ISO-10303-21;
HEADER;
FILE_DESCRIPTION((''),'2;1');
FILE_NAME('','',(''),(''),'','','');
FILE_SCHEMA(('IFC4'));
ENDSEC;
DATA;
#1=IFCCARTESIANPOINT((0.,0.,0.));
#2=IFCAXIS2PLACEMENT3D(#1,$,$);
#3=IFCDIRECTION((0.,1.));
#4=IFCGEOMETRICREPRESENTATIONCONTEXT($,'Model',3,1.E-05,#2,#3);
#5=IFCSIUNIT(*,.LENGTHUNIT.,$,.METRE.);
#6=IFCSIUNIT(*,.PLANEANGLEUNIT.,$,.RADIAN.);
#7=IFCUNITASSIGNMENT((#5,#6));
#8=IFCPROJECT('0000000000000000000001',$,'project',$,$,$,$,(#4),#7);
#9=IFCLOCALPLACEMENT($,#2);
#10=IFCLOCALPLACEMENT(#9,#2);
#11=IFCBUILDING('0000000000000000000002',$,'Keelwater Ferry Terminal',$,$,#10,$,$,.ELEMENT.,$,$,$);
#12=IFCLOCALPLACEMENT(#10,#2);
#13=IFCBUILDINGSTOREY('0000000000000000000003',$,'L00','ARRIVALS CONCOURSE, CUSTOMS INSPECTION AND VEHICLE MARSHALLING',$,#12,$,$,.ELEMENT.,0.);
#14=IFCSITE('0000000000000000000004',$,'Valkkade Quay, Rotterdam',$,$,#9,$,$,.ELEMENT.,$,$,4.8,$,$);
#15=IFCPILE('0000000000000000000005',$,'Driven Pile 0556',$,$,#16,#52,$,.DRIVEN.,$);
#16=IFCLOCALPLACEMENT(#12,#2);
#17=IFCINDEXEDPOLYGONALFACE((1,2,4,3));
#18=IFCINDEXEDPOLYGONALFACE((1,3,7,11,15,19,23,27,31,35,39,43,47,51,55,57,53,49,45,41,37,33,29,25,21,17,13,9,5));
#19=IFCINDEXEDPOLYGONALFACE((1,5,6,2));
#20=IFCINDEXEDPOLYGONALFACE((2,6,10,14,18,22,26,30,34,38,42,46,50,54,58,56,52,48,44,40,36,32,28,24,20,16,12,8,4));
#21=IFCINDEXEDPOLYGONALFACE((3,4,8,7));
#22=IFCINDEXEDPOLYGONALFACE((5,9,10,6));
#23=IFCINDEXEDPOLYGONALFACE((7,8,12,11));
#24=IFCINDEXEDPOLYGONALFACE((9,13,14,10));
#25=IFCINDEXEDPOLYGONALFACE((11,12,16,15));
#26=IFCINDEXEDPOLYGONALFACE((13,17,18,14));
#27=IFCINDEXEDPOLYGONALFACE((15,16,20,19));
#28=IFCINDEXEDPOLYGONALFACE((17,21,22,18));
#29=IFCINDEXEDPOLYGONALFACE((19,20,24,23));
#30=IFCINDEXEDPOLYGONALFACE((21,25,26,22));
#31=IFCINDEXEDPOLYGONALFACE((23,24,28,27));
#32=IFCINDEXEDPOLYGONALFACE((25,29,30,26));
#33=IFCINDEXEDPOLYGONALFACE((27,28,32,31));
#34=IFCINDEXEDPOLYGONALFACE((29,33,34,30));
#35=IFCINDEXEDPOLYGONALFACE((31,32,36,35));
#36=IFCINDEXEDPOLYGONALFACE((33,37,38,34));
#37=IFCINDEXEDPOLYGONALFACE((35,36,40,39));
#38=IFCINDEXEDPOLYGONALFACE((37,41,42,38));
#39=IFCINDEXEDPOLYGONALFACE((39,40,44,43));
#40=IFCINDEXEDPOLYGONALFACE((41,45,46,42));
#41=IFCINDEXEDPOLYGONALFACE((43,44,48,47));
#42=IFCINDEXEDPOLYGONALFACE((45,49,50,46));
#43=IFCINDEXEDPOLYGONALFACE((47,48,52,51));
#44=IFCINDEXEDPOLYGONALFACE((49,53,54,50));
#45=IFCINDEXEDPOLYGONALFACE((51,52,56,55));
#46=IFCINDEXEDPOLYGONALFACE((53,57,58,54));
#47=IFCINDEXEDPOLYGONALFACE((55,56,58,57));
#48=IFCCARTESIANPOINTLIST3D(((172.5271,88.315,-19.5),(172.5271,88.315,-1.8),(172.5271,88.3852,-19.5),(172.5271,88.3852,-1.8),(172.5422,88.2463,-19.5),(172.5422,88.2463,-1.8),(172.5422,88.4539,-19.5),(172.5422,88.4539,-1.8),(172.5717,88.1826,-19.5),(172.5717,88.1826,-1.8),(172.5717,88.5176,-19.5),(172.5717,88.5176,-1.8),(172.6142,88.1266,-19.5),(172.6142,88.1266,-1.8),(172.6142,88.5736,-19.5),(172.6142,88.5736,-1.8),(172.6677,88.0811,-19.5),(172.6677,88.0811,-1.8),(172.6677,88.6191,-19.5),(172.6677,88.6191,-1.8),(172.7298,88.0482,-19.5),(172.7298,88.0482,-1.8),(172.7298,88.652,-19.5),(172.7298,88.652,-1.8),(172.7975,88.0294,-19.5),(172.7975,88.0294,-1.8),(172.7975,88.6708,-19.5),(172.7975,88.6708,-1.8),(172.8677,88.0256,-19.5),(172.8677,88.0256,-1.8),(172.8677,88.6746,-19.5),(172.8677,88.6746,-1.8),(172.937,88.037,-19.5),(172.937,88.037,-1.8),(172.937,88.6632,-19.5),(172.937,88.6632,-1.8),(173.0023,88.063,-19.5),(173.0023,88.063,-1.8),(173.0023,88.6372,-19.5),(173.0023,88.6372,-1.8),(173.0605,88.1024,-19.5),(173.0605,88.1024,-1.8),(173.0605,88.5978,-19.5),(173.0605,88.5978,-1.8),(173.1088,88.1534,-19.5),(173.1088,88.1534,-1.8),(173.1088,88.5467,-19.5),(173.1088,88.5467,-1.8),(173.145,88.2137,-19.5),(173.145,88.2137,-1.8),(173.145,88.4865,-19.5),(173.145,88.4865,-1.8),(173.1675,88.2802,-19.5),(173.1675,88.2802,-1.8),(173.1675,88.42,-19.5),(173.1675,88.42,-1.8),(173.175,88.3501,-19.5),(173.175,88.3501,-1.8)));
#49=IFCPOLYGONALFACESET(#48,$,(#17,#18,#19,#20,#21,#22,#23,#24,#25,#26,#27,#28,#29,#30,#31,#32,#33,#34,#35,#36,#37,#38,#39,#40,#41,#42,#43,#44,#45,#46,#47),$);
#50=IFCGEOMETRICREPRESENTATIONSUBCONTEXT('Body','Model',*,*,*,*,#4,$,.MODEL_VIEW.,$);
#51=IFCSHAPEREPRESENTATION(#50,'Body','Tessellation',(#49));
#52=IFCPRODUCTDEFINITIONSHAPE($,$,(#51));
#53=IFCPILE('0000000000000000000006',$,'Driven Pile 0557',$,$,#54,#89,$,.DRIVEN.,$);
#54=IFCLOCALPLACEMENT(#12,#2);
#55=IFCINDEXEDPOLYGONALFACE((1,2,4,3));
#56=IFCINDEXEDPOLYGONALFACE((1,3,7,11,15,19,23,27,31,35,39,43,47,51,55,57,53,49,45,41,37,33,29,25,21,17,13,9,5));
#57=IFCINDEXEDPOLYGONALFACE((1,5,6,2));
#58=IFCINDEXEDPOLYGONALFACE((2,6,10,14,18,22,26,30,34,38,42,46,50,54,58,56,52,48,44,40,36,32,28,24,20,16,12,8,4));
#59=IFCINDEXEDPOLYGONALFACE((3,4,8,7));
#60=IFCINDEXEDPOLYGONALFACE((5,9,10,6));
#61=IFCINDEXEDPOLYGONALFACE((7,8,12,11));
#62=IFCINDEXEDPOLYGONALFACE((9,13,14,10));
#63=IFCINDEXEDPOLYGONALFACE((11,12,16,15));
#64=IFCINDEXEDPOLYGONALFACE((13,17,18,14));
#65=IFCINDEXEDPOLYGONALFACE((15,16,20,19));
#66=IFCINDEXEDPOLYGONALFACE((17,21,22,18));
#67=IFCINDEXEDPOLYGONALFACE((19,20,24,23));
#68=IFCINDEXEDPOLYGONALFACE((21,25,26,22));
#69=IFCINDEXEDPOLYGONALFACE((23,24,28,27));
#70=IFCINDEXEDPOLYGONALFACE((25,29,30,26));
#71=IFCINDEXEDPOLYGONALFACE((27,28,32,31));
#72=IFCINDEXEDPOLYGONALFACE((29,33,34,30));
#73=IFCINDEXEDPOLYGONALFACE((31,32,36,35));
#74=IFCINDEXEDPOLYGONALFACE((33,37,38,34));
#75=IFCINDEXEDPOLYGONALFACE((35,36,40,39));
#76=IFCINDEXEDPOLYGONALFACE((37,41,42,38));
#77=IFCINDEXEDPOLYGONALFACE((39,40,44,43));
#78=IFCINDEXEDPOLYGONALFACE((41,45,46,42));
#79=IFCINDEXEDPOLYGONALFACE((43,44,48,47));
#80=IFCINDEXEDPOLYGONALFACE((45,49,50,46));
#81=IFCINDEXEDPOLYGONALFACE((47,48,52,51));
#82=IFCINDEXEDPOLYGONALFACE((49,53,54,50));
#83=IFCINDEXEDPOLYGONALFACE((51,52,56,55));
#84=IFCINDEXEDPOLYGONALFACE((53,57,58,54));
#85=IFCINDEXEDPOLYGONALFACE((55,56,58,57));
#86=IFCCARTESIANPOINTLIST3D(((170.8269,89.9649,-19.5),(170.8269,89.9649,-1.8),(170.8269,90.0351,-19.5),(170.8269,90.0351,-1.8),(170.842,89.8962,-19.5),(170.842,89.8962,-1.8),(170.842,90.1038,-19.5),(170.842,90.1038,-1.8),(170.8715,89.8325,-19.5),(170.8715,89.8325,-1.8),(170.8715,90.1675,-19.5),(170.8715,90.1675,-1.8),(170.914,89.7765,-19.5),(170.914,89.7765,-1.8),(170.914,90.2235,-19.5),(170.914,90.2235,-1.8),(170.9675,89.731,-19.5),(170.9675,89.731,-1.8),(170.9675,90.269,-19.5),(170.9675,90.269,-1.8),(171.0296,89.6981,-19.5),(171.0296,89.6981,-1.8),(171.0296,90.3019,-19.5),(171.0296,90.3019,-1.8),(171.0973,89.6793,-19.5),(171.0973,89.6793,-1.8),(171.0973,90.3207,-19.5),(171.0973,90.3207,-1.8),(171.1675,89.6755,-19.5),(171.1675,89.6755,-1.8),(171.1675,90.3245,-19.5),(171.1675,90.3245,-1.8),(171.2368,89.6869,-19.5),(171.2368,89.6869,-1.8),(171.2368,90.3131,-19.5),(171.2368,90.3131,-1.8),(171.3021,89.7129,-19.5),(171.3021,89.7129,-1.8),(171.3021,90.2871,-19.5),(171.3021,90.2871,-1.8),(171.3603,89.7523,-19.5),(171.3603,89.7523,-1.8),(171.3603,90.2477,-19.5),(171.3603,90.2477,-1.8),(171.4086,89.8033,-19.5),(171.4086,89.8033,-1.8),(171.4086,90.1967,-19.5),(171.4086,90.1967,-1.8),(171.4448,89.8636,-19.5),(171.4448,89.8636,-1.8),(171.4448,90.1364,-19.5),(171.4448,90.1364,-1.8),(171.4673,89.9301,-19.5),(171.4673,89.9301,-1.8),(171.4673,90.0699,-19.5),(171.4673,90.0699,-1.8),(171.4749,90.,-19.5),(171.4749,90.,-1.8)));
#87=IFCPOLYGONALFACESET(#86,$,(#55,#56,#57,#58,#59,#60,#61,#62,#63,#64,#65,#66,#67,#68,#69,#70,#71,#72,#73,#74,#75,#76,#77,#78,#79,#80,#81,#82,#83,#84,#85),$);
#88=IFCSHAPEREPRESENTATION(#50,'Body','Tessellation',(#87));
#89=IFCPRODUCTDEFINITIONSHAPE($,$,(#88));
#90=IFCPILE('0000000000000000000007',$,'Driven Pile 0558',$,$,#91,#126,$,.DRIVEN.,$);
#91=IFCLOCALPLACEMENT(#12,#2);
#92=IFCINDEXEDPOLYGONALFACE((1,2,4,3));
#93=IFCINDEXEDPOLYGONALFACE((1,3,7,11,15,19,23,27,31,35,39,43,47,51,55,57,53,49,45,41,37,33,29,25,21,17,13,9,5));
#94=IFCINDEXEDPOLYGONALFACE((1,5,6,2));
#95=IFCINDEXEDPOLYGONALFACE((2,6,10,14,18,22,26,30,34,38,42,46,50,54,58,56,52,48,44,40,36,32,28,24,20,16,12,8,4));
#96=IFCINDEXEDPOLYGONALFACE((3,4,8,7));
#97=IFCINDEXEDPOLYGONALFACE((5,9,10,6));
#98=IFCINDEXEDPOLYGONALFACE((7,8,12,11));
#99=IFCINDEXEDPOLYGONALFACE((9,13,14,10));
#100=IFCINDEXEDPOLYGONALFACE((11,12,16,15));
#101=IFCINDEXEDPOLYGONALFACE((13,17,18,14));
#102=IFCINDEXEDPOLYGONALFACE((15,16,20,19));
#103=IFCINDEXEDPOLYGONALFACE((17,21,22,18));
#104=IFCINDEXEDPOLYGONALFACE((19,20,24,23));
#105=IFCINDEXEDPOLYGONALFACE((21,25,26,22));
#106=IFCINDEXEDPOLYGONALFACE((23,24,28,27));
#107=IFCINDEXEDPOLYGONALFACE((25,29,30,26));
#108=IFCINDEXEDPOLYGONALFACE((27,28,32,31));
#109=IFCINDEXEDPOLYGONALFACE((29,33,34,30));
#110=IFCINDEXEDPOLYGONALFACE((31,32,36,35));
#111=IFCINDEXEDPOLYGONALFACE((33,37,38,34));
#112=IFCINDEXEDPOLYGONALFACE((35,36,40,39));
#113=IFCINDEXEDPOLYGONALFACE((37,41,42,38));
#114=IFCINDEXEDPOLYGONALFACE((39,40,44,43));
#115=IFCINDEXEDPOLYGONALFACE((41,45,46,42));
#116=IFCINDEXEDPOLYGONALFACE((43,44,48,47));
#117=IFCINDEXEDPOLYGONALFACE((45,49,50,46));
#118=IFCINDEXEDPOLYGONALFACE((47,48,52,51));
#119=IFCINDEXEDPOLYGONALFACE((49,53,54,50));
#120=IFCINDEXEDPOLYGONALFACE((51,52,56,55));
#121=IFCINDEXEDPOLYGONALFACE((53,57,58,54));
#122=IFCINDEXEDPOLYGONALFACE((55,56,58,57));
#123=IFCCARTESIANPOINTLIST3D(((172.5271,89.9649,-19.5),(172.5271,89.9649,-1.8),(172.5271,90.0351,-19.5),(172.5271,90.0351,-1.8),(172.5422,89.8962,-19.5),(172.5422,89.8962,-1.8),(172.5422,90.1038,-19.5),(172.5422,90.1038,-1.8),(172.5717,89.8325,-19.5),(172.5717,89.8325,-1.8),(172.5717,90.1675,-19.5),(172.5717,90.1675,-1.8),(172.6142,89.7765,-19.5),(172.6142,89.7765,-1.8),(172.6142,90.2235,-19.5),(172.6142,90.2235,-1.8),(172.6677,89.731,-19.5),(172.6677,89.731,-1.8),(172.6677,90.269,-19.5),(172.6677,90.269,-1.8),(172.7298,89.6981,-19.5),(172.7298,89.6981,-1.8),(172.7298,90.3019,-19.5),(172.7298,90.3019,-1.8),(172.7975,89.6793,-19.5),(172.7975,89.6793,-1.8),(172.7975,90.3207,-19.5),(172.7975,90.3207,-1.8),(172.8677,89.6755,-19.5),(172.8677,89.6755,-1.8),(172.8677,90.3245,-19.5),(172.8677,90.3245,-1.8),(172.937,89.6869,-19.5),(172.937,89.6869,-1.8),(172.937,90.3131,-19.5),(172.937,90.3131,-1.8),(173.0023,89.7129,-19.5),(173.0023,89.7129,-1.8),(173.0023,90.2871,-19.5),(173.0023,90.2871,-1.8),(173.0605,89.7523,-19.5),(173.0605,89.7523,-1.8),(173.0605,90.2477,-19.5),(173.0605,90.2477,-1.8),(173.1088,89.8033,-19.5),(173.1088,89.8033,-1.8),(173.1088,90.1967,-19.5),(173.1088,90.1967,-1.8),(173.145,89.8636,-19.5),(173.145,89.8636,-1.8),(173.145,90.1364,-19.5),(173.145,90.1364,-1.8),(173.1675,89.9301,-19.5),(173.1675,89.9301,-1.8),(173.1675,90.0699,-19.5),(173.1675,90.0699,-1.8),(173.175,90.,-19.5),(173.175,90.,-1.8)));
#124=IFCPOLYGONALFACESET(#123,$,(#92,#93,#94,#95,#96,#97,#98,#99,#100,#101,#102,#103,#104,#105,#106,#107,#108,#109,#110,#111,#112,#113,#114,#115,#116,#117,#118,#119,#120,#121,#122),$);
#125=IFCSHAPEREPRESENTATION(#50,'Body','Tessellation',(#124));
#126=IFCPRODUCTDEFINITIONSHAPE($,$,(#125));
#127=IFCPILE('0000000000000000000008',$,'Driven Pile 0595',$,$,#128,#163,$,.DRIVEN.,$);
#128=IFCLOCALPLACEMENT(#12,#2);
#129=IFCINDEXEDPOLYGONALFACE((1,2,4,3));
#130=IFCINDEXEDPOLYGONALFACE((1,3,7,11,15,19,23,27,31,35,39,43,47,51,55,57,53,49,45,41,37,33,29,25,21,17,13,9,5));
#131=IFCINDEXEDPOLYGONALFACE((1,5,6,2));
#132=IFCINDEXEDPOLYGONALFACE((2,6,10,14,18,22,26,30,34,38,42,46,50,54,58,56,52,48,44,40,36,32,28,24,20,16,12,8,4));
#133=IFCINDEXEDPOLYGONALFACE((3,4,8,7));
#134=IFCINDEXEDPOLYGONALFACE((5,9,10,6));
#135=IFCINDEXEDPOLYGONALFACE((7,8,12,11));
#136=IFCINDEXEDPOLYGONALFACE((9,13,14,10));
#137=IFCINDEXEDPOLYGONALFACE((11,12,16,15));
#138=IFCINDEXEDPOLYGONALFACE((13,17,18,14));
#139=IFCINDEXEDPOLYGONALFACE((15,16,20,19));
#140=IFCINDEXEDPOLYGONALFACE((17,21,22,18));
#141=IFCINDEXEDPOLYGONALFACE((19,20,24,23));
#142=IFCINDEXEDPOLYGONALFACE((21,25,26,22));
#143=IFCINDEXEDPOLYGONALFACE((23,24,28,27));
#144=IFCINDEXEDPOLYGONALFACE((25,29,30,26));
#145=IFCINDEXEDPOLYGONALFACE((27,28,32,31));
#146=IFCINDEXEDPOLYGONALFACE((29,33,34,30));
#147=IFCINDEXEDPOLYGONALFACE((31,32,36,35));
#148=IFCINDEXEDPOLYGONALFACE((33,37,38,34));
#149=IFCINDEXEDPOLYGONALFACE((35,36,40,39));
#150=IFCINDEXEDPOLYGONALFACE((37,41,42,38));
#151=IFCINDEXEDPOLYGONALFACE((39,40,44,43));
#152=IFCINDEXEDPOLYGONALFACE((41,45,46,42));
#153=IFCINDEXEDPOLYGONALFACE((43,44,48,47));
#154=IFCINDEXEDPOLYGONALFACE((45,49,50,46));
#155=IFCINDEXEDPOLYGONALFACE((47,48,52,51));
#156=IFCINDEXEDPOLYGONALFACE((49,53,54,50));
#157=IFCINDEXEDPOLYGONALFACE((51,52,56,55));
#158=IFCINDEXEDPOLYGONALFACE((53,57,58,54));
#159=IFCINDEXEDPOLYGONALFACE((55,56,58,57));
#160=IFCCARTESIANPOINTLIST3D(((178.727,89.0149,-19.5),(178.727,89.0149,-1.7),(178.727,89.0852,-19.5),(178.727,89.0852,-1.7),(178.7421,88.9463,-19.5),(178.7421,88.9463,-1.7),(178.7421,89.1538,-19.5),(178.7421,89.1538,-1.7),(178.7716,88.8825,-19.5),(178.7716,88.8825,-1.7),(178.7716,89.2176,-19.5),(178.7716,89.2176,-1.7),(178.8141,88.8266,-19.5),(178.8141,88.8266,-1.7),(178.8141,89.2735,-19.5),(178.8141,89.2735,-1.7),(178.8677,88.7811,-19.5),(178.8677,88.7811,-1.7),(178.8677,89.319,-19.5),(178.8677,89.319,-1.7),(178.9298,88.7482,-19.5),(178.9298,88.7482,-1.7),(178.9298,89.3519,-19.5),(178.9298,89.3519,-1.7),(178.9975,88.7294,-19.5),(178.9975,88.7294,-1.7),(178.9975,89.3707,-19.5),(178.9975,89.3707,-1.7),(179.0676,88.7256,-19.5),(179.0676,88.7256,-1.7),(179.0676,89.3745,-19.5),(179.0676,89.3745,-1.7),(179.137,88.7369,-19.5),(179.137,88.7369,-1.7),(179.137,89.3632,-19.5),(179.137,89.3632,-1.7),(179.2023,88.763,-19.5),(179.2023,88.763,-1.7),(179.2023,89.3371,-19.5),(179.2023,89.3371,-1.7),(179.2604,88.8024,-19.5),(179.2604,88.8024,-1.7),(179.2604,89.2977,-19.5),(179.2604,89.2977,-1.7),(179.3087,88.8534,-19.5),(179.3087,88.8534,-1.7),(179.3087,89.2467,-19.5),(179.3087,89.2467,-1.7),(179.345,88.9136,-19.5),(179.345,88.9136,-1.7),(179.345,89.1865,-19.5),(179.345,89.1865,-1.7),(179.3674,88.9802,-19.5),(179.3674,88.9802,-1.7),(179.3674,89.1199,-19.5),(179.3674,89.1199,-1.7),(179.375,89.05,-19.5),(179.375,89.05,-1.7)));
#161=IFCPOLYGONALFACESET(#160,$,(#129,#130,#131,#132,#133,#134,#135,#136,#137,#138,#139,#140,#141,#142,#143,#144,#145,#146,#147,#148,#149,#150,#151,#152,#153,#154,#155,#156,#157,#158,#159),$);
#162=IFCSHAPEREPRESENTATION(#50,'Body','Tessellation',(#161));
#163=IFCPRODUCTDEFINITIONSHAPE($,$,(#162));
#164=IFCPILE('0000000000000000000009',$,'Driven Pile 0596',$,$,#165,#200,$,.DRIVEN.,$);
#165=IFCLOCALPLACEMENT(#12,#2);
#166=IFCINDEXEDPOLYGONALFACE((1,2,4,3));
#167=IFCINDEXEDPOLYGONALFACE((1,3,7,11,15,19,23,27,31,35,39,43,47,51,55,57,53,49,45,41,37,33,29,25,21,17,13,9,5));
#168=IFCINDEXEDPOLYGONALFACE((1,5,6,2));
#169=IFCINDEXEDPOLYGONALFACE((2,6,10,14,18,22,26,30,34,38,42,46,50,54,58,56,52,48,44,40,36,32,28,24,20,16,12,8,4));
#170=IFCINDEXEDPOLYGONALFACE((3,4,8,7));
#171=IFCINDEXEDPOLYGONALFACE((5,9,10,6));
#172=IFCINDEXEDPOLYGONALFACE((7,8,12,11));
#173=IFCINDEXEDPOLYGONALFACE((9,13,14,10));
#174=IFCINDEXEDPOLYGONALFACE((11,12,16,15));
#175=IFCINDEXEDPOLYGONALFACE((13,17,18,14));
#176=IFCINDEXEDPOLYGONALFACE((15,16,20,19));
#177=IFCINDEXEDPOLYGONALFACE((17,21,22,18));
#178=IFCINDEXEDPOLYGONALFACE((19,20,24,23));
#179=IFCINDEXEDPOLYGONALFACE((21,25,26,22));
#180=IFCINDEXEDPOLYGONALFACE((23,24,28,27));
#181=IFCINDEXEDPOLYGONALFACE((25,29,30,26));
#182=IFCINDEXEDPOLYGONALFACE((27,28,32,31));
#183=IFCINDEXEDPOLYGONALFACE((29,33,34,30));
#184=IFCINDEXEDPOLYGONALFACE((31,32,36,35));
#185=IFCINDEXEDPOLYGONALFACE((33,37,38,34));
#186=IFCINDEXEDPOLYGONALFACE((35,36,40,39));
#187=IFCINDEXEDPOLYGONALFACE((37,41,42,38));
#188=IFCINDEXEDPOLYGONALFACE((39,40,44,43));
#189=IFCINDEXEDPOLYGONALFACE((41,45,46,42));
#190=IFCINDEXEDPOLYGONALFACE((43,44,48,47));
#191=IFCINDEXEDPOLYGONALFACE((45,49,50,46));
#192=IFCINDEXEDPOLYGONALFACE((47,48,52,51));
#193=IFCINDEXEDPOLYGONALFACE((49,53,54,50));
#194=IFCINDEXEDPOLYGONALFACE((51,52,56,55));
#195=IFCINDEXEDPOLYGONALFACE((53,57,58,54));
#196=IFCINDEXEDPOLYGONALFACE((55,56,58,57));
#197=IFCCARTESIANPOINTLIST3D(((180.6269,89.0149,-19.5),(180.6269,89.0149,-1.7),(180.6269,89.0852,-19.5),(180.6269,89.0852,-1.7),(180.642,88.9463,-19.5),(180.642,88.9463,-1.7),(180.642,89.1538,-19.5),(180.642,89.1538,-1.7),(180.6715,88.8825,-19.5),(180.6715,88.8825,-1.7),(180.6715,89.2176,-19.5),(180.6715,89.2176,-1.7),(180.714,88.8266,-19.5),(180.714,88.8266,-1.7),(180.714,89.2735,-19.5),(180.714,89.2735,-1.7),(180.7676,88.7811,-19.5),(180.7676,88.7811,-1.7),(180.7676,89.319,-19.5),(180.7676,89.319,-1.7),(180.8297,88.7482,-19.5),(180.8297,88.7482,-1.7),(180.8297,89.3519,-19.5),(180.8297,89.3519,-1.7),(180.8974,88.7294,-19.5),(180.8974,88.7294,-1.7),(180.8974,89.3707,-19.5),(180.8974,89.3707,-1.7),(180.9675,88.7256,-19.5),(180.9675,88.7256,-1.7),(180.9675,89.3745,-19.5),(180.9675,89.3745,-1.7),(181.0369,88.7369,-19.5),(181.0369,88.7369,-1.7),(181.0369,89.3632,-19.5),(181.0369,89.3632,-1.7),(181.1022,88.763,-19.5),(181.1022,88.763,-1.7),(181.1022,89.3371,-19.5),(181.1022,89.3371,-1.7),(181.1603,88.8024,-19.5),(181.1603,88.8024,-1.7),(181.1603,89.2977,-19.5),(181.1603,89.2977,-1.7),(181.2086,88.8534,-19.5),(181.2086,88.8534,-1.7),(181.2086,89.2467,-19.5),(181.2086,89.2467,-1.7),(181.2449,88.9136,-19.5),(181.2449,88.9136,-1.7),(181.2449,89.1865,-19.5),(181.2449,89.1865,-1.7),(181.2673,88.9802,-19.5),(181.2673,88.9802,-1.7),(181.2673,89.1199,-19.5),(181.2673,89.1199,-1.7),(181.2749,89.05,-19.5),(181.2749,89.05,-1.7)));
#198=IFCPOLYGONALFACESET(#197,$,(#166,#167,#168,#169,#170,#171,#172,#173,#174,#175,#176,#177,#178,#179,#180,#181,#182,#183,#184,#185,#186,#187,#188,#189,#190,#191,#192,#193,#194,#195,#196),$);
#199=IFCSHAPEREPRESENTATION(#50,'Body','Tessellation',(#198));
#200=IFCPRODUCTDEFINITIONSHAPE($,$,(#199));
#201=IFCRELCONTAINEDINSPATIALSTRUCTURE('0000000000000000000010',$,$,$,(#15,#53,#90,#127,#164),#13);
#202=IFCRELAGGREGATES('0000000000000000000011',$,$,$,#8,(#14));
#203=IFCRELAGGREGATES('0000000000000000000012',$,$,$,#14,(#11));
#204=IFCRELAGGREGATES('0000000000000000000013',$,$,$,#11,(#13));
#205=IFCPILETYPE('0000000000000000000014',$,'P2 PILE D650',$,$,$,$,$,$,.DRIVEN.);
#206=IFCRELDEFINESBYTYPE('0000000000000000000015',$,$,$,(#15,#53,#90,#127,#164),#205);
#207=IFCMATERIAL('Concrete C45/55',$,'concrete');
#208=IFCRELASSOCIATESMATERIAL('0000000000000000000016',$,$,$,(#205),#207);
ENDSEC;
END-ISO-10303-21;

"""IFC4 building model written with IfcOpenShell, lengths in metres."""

from ifc_helpers import new_model, si_unit, direction, frame, origin, origin_2d, place, context, subcontext, project, spatial, circle, extrude, material, material_profile, profile_set, type_object, element, save


model = new_model("IFC4")

# Units and contexts
model_context = context("Model", 3, precision=1e-05, world=origin(), true_north=direction((0.0, 1.0)))
body_context = subcontext(model_context, "Body", "Model", "MODEL_VIEW")
ifc_project = project(units=[si_unit("LENGTHUNIT", "METRE"), si_unit("PLANEANGLEUNIT", "RADIAN")], contexts=[model_context])

# Site, building, storey
site_placement = place(None, origin())
site = spatial("IfcSite", under=ifc_project, at=site_placement, Name="Valkkade Quay, Rotterdam", CompositionType="ELEMENT", RefElevation=4.8)
building_placement = place(site_placement, origin())
building = spatial("IfcBuilding", under=site, at=building_placement, Name="Keelwater Ferry Terminal", CompositionType="ELEMENT")
storey_placement = place(building_placement, origin())
storey = spatial("IfcBuildingStorey", under=building, at=storey_placement, Name="L00", Description="ARRIVALS CONCOURSE, CUSTOMS INSPECTION AND VEHICLE MARSHALLING", CompositionType="ELEMENT", Elevation=0.0)

# Piles
ifc_material_1 = material(Name="Concrete C45/55", Category="concrete")
ifc_material_profile_1 = material_profile(ifc_material_1, circle(Radius=0.325, at=origin_2d()), Name="PILE D650")
ifc_profile_set_1 = profile_set([ifc_material_profile_1], Name="Concrete C45/55")
pile_type = type_object("IfcPileType", Name="P2 PILE D650", PredefinedType="DRIVEN", material=ifc_profile_set_1)
for number, where, z_axis, x_axis, name in (
    (1, (172.8501, 88.3501, -1.8), (0.0, 0.0, -1.0), (1.0, 0.0, 0.0), "Driven Pile 0556"),
    (2, (171.1499, 90.0, -1.8), (0.0, 0.0, -1.0), (1.0, 0.0, 0.0), "Driven Pile 0557"),
    (3, (172.8501, 90.0, -1.8), (0.0, 0.0, -1.0), (1.0, 0.0, 0.0), "Driven Pile 0558"),
):
    element("IfcPile", number, at=place(storey_placement, frame(where, z_axis=z_axis, x_axis=x_axis)), inside=storey, type_object=pile_type, Name=name, PredefinedType="DRIVEN", context=body_context, shape_type="SweptSolid", body=[
        extrude(circle(Radius=0.325, at=origin_2d()), origin(), (0.0, 0.0, 1.0), 17.7),
    ])
for number, where, z_axis, x_axis, name in (
    (4, (179.05, 89.05, -1.7), (0.0, 0.0, -1.0), (1.0, 0.0, 0.0), "Driven Pile 0595"),
    (5, (180.95, 89.05, -1.7), (0.0, 0.0, -1.0), (1.0, 0.0, 0.0), "Driven Pile 0596"),
):
    element("IfcPile", number, at=place(storey_placement, frame(where, z_axis=z_axis, x_axis=x_axis)), inside=storey, type_object=pile_type, Name=name, PredefinedType="DRIVEN", context=body_context, shape_type="SweptSolid", body=[
        extrude(circle(Radius=0.325, at=origin_2d()), origin(), (0.0, 0.0, 1.0), 17.8),
    ])

save(model, "model.ifc")
